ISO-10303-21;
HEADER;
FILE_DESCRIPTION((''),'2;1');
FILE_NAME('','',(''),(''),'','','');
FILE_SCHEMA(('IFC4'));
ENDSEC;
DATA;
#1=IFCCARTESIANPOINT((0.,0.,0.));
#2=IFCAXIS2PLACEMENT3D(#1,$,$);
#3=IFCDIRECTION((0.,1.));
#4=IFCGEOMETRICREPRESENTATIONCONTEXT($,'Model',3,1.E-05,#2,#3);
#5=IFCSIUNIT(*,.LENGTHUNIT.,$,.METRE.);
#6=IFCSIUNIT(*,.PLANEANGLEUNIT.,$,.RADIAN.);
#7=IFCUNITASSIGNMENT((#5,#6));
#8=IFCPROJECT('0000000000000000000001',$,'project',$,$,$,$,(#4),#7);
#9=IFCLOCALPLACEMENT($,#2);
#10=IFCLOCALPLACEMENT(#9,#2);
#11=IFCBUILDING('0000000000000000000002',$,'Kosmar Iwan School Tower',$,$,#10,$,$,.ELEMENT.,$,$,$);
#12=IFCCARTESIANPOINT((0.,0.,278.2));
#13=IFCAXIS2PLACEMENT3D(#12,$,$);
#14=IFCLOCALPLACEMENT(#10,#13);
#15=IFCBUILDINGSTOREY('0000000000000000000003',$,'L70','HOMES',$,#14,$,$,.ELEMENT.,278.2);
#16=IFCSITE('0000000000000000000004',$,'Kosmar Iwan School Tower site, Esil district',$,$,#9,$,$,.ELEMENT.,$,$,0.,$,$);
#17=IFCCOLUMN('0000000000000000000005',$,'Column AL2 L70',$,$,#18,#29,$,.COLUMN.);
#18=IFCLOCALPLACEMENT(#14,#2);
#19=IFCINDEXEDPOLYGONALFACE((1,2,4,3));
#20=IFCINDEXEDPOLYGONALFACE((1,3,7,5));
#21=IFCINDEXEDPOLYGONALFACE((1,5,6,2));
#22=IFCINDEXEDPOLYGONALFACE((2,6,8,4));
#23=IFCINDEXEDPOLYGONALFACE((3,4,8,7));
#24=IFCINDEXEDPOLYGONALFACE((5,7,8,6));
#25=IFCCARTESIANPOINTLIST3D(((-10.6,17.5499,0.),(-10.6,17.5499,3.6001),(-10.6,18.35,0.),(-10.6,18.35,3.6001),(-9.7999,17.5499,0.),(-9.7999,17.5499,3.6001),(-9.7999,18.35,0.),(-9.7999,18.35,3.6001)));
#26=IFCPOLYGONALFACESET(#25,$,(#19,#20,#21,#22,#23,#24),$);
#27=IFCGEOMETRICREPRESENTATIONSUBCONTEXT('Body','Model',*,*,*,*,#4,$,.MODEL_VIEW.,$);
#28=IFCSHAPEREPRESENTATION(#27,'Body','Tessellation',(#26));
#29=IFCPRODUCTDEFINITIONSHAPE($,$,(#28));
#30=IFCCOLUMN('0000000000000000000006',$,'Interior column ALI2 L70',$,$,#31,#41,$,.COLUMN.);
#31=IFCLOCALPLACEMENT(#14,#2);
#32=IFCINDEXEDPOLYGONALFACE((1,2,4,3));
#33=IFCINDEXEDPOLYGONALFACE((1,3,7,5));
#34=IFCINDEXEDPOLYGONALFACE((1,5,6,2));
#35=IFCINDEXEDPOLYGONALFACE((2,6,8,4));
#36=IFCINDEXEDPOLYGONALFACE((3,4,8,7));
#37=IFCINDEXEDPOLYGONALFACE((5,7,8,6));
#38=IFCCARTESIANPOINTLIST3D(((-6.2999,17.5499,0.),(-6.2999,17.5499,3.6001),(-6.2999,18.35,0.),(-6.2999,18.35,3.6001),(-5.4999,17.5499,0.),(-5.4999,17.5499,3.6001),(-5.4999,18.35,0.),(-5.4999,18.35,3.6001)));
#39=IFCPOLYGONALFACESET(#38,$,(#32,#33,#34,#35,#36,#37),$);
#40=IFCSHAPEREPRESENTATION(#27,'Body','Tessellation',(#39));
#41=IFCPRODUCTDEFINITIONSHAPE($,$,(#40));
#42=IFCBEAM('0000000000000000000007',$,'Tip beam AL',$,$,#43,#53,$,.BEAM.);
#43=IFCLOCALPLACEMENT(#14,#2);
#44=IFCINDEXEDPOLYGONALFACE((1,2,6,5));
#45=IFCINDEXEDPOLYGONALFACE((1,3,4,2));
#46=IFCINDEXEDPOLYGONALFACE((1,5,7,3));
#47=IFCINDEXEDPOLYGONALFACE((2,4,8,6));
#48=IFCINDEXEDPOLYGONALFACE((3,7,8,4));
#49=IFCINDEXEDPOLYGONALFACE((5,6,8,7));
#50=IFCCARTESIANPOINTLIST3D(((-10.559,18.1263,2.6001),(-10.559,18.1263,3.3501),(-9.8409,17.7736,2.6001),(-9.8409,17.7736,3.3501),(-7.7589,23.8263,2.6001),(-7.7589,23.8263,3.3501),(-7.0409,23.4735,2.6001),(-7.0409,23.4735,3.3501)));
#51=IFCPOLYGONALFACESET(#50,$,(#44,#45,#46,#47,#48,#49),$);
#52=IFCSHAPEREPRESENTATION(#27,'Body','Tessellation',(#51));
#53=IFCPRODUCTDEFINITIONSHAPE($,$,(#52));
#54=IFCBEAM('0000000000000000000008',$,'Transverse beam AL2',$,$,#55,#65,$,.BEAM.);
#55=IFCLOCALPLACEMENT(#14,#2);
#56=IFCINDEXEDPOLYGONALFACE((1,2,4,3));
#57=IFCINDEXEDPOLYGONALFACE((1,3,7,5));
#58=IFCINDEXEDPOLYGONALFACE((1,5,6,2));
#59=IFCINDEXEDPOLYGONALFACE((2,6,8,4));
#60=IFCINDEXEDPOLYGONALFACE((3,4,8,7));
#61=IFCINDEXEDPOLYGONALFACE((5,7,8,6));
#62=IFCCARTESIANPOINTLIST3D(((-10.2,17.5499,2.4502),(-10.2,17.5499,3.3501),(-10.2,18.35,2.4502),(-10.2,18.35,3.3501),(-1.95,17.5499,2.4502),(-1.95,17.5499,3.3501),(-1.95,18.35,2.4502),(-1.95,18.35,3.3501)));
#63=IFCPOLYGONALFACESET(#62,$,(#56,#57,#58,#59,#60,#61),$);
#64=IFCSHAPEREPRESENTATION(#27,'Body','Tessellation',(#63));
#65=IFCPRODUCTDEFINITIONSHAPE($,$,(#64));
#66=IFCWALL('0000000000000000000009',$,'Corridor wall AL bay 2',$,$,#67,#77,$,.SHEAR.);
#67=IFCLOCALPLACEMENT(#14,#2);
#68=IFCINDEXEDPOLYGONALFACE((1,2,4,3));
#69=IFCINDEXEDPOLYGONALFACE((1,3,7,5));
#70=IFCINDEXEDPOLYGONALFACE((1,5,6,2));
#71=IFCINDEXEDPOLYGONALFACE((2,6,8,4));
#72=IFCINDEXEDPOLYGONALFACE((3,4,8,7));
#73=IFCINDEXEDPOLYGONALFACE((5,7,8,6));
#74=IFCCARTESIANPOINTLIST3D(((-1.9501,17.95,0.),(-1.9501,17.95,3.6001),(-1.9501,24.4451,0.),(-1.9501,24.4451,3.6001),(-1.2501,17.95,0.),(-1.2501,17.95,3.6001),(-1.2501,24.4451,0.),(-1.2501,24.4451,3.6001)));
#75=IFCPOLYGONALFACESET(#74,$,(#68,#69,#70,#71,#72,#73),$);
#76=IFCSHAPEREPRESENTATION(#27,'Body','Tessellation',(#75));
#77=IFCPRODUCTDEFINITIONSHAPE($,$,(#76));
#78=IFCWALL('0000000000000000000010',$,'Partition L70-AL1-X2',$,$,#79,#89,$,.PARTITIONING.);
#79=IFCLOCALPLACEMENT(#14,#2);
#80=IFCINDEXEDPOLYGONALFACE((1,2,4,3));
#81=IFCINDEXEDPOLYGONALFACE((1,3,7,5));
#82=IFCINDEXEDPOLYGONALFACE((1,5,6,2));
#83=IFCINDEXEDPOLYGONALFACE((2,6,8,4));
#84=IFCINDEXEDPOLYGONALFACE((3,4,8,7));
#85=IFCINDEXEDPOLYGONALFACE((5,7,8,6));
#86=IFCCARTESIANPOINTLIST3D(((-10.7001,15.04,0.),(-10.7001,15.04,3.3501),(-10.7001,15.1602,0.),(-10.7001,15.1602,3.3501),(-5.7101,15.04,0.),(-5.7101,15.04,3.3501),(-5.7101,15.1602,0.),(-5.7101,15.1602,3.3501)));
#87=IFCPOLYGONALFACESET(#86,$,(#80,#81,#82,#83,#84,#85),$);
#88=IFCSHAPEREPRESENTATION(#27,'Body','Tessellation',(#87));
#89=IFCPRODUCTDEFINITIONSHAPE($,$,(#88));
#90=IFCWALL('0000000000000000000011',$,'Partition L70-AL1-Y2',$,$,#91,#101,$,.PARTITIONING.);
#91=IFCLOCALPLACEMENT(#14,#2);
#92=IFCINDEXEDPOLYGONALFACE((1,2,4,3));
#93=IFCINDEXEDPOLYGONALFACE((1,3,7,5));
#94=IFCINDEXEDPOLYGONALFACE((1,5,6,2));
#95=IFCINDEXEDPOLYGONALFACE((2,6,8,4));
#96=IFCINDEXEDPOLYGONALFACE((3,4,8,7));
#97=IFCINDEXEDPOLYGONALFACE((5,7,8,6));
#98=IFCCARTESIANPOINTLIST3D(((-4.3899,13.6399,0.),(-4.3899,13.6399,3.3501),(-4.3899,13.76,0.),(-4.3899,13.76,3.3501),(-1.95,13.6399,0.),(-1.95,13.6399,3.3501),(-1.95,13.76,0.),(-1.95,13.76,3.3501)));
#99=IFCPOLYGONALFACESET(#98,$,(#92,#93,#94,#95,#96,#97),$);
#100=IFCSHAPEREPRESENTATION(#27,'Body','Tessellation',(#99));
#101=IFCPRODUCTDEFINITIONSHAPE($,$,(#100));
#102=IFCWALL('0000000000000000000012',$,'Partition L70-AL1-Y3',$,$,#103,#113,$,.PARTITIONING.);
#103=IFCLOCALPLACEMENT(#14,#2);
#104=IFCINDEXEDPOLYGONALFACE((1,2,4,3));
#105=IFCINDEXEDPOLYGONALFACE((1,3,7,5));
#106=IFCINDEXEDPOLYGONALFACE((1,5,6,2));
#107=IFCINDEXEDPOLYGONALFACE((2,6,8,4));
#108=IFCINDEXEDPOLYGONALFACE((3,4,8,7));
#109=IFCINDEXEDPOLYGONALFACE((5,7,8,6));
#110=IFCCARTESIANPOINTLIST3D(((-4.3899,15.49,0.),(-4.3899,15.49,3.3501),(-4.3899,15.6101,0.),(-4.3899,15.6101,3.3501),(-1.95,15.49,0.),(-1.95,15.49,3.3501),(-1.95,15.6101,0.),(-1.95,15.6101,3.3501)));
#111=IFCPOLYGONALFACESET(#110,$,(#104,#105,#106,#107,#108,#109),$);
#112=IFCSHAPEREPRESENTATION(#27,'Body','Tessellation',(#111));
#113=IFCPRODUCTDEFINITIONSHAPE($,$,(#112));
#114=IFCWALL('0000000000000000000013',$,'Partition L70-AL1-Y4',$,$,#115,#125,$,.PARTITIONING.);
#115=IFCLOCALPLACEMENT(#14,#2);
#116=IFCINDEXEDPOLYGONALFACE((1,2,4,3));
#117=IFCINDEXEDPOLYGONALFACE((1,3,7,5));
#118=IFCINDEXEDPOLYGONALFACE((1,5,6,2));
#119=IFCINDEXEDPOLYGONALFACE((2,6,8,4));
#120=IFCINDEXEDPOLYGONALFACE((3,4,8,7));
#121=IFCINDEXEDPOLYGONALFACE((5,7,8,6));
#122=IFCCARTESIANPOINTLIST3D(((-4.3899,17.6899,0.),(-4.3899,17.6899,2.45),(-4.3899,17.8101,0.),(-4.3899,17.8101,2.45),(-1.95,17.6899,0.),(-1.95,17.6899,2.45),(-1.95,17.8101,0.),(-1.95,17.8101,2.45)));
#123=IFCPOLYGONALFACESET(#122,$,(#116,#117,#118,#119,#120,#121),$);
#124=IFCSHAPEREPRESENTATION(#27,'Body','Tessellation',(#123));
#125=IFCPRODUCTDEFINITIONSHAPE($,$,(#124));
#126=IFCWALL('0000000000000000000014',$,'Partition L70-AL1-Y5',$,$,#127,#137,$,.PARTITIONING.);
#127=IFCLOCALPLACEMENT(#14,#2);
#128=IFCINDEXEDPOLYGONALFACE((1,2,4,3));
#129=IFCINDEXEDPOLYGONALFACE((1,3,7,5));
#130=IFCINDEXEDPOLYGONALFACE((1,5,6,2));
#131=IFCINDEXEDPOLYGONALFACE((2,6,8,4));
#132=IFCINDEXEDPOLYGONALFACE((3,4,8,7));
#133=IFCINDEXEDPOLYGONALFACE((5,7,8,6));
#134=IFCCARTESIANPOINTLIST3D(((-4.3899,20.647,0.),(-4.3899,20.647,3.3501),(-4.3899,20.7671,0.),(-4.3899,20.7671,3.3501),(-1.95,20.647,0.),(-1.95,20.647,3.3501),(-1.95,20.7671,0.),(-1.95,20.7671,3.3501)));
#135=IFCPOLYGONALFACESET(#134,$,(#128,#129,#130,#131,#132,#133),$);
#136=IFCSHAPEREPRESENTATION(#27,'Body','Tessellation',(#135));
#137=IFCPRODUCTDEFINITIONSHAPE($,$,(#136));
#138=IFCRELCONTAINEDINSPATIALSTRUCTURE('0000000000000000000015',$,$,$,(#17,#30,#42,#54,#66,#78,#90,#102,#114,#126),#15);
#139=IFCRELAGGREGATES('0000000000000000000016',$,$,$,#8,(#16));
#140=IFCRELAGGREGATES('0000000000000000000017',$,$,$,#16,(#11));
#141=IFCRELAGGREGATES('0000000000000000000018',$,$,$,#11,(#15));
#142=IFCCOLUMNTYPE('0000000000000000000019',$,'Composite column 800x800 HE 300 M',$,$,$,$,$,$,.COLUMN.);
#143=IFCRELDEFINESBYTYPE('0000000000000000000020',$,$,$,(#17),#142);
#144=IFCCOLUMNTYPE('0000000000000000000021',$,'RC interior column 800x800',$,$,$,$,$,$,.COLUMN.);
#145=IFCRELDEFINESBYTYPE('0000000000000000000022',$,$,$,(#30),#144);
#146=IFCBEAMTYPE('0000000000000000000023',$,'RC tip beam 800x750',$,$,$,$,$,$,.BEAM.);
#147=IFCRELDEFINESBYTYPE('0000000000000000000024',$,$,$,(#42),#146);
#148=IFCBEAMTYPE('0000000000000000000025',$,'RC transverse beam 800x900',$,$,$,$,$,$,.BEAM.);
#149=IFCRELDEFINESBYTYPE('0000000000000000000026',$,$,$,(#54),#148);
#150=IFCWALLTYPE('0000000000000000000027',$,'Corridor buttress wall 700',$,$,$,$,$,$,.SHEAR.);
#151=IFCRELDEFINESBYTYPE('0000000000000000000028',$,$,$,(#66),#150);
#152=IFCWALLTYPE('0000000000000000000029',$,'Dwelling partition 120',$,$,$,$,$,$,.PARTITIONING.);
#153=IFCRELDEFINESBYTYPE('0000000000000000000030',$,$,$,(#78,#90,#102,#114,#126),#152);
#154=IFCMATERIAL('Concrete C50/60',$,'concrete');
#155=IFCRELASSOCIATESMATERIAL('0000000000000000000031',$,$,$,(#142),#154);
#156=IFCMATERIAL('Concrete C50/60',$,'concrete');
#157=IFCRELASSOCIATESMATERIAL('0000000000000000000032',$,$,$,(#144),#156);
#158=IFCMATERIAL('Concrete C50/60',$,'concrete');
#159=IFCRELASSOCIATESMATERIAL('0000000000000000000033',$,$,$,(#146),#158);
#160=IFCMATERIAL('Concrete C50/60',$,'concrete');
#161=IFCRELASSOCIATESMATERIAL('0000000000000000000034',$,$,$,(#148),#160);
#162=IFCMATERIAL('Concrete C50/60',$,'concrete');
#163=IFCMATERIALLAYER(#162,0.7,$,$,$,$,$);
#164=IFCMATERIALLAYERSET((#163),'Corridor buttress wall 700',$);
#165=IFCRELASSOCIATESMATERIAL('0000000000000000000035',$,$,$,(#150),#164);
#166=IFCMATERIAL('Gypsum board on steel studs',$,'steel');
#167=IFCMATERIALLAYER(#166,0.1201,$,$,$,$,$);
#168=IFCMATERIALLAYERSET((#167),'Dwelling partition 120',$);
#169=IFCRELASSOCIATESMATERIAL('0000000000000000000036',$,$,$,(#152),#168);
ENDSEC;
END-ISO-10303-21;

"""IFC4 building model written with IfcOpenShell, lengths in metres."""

from ifc_helpers import new_model, si_unit, direction, frame, frame_2d, origin, origin_2d, place, context, subcontext, project, spatial, rectangle, extrude, material, layer, layer_set, material_profile, profile_set, type_object, element, save


model = new_model("IFC4")

# Units and contexts
model_context = context("Model", 3, precision=1e-05, world=origin(), true_north=direction((0.0, 1.0)))
body_context = subcontext(model_context, "Body", "Model", "MODEL_VIEW")
ifc_project = project(units=[si_unit("LENGTHUNIT", "METRE"), si_unit("PLANEANGLEUNIT", "RADIAN")], contexts=[model_context])

# Site, building, storey
site_placement = place(None, origin())
site = spatial("IfcSite", under=ifc_project, at=site_placement, Name="Kosmar Iwan School Tower site, Esil district", CompositionType="ELEMENT", RefElevation=0.0)
building_placement = place(site_placement, origin())
building = spatial("IfcBuilding", under=site, at=building_placement, Name="Kosmar Iwan School Tower", CompositionType="ELEMENT")
storey_placement = place(building_placement, frame((0.0, 0.0, 278.2)))
storey = spatial("IfcBuildingStorey", under=building, at=storey_placement, Name="L70", Description="HOMES", CompositionType="ELEMENT", Elevation=278.2)

# Columns
ifc_material_1 = material(Name="Concrete C50/60", Category="concrete")
ifc_material_profile_1 = material_profile(ifc_material_1, rectangle(XDim=0.8, YDim=0.8, at=origin_2d()), Name="RC 800x800 + HE 300 M")
ifc_profile_set_1 = profile_set([ifc_material_profile_1], Name="Concrete C50/60")
column_type_1 = type_object("IfcColumnType", Name="Composite column 800x800 HE 300 M", PredefinedType="COLUMN", material=ifc_profile_set_1)
column_1_placement = place(storey_placement, frame((-10.2, 17.95, 0.0), z_axis=(0.0, 0.0, 1.0), x_axis=(0.0, 1.0, 0.0)))
element("IfcColumn", 1, at=column_1_placement, inside=storey, type_object=column_type_1, Name="Column AL2 L70", PredefinedType="COLUMN", context=body_context, shape_type="SweptSolid", body=[
    extrude(rectangle(XDim=0.8, YDim=0.8, at=origin_2d()), origin(), (0.0, 0.0, 1.0), 3.6001),
])
ifc_material_2 = material(Name="Concrete C50/60", Category="concrete")
ifc_material_profile_2 = material_profile(ifc_material_2, rectangle(XDim=0.8, YDim=0.8, at=origin_2d()), Name="RC 800x800")
ifc_profile_set_2 = profile_set([ifc_material_profile_2], Name="Concrete C50/60")
column_type_2 = type_object("IfcColumnType", Name="RC interior column 800x800", PredefinedType="COLUMN", material=ifc_profile_set_2)
column_2_placement = place(storey_placement, frame((-5.8999, 17.95, 0.0), z_axis=(0.0, 0.0, 1.0), x_axis=(0.0, 1.0, 0.0)))
element("IfcColumn", 2, at=column_2_placement, inside=storey, type_object=column_type_2, Name="Interior column ALI2 L70", PredefinedType="COLUMN", context=body_context, shape_type="SweptSolid", body=[
    extrude(rectangle(XDim=0.8, YDim=0.8, at=origin_2d()), origin(), (0.0, 0.0, 1.0), 3.6001),
])

# Beams
ifc_material_3 = material(Name="Concrete C50/60", Category="concrete")
ifc_material_profile_3 = material_profile(ifc_material_3, rectangle(XDim=0.8, YDim=0.75, at=origin_2d()), Name="RC 800x750")
ifc_profile_set_3 = profile_set([ifc_material_profile_3], Name="Concrete C50/60")
beam_type_1 = type_object("IfcBeamType", Name="RC tip beam 800x750", PredefinedType="BEAM", material=ifc_profile_set_3)
beam_1_placement = place(storey_placement, frame((-10.2, 17.95, 2.9751), z_axis=(0.440913, 0.89755, 0.0), x_axis=(-0.89755, 0.440913, 0.0)))
element("IfcBeam", 3, at=beam_1_placement, inside=storey, type_object=beam_type_1, Name="Tip beam AL", PredefinedType="BEAM", context=body_context, shape_type="SweptSolid", body=[
    extrude(rectangle(XDim=0.8, YDim=0.75, at=origin_2d()), origin(), (0.0, 0.0, 1.0), 6.3506),
])
ifc_material_4 = material(Name="Concrete C50/60", Category="concrete")
ifc_material_profile_4 = material_profile(ifc_material_4, rectangle(XDim=0.8, YDim=0.8999, at=origin_2d()), Name="RC 800x900")
ifc_profile_set_4 = profile_set([ifc_material_profile_4], Name="Concrete C50/60")
beam_type_2 = type_object("IfcBeamType", Name="RC transverse beam 800x900", PredefinedType="BEAM", material=ifc_profile_set_4)
beam_2_placement = place(storey_placement, frame((-10.2, 17.95, 2.9001), z_axis=(1.0, 0.0, 0.0), x_axis=(0.0, 1.0, 0.0)))
element("IfcBeam", 4, at=beam_2_placement, inside=storey, type_object=beam_type_2, Name="Transverse beam AL2", PredefinedType="BEAM", context=body_context, shape_type="SweptSolid", body=[
    extrude(rectangle(XDim=0.8, YDim=0.8999, at=origin_2d()), origin(), (0.0, 0.0, 1.0), 8.25),
])

# Walls
ifc_material_5 = material(Name="Concrete C50/60", Category="concrete")
ifc_layer_1 = layer(ifc_material_5, 0.7)
ifc_layer_set_1 = layer_set([ifc_layer_1], Name="Corridor buttress wall 700")
wall_type_1 = type_object("IfcWallType", Name="Corridor buttress wall 700", PredefinedType="SHEAR", material=ifc_layer_set_1)
wall_1_placement = place(storey_placement, frame((-1.6001, 17.95, 0.0), z_axis=(0.0, 0.0, 1.0), x_axis=(0.0, 1.0, 0.0)))
element("IfcWall", 5, at=wall_1_placement, inside=storey, type_object=wall_type_1, Name="Corridor wall AL bay 2", PredefinedType="SHEAR", context=body_context, shape_type="SweptSolid", body=[
    extrude(rectangle(XDim=6.4951, YDim=0.7, at=frame_2d((3.2476, 0.0))), origin(), (0.0, 0.0, 1.0), 3.6001),
])
ifc_material_6 = material(Name="Gypsum board on steel studs", Category="steel")
ifc_layer_2 = layer(ifc_material_6, 0.1201)
ifc_layer_set_2 = layer_set([ifc_layer_2], Name="Dwelling partition 120")
wall_type_2 = type_object("IfcWallType", Name="Dwelling partition 120", PredefinedType="PARTITIONING", material=ifc_layer_set_2)
wall_2_placement = place(storey_placement, frame((-5.71, 15.1001, 0.0), z_axis=(0.0, 0.0, 1.0), x_axis=(-1.0, 0.0, 0.0)))
element("IfcWall", 6, at=wall_2_placement, inside=storey, type_object=wall_type_2, Name="Partition L70-AL1-X2", PredefinedType="PARTITIONING", context=body_context, shape_type="SweptSolid", body=[
    extrude(rectangle(XDim=4.99, YDim=0.1201, at=frame_2d((2.4951, 0.0))), origin(), (0.0, 0.0, 1.0), 3.3501),
])
for number, where, z_axis, x_axis, name in (
    (7, (-1.95, 13.7, 0.0), (0.0, 0.0, 1.0), (-1.0, 0.0, 0.0), "Partition L70-AL1-Y2"),
    (8, (-1.95, 15.55, 0.0), (0.0, 0.0, 1.0), (-1.0, 0.0, 0.0), "Partition L70-AL1-Y3"),
):
    element("IfcWall", number, at=place(storey_placement, frame(where, z_axis=z_axis, x_axis=x_axis)), inside=storey, type_object=wall_type_2, Name=name, PredefinedType="PARTITIONING", context=body_context, shape_type="SweptSolid", body=[
        extrude(rectangle(XDim=2.4399, YDim=0.1201, at=frame_2d((1.22, 0.0))), origin(), (0.0, 0.0, 1.0), 3.3501),
    ])
wall_3_placement = place(storey_placement, frame((-1.95, 17.75, 0.0), z_axis=(0.0, 0.0, 1.0), x_axis=(-1.0, 0.0, 0.0)))
element("IfcWall", 9, at=wall_3_placement, inside=storey, type_object=wall_type_2, Name="Partition L70-AL1-Y4", PredefinedType="PARTITIONING", context=body_context, shape_type="SweptSolid", body=[
    extrude(rectangle(XDim=2.4399, YDim=0.1201, at=frame_2d((1.22, 0.0))), origin(), (0.0, 0.0, 1.0), 2.45),
])
wall_4_placement = place(storey_placement, frame((-1.95, 20.707, 0.0), z_axis=(0.0, 0.0, 1.0), x_axis=(-1.0, 0.0, 0.0)))
element("IfcWall", 10, at=wall_4_placement, inside=storey, type_object=wall_type_2, Name="Partition L70-AL1-Y5", PredefinedType="PARTITIONING", context=body_context, shape_type="SweptSolid", body=[
    extrude(rectangle(XDim=2.4399, YDim=0.1201, at=frame_2d((1.22, 0.0))), origin(), (0.0, 0.0, 1.0), 3.3501),
])

save(model, "model.ifc")
